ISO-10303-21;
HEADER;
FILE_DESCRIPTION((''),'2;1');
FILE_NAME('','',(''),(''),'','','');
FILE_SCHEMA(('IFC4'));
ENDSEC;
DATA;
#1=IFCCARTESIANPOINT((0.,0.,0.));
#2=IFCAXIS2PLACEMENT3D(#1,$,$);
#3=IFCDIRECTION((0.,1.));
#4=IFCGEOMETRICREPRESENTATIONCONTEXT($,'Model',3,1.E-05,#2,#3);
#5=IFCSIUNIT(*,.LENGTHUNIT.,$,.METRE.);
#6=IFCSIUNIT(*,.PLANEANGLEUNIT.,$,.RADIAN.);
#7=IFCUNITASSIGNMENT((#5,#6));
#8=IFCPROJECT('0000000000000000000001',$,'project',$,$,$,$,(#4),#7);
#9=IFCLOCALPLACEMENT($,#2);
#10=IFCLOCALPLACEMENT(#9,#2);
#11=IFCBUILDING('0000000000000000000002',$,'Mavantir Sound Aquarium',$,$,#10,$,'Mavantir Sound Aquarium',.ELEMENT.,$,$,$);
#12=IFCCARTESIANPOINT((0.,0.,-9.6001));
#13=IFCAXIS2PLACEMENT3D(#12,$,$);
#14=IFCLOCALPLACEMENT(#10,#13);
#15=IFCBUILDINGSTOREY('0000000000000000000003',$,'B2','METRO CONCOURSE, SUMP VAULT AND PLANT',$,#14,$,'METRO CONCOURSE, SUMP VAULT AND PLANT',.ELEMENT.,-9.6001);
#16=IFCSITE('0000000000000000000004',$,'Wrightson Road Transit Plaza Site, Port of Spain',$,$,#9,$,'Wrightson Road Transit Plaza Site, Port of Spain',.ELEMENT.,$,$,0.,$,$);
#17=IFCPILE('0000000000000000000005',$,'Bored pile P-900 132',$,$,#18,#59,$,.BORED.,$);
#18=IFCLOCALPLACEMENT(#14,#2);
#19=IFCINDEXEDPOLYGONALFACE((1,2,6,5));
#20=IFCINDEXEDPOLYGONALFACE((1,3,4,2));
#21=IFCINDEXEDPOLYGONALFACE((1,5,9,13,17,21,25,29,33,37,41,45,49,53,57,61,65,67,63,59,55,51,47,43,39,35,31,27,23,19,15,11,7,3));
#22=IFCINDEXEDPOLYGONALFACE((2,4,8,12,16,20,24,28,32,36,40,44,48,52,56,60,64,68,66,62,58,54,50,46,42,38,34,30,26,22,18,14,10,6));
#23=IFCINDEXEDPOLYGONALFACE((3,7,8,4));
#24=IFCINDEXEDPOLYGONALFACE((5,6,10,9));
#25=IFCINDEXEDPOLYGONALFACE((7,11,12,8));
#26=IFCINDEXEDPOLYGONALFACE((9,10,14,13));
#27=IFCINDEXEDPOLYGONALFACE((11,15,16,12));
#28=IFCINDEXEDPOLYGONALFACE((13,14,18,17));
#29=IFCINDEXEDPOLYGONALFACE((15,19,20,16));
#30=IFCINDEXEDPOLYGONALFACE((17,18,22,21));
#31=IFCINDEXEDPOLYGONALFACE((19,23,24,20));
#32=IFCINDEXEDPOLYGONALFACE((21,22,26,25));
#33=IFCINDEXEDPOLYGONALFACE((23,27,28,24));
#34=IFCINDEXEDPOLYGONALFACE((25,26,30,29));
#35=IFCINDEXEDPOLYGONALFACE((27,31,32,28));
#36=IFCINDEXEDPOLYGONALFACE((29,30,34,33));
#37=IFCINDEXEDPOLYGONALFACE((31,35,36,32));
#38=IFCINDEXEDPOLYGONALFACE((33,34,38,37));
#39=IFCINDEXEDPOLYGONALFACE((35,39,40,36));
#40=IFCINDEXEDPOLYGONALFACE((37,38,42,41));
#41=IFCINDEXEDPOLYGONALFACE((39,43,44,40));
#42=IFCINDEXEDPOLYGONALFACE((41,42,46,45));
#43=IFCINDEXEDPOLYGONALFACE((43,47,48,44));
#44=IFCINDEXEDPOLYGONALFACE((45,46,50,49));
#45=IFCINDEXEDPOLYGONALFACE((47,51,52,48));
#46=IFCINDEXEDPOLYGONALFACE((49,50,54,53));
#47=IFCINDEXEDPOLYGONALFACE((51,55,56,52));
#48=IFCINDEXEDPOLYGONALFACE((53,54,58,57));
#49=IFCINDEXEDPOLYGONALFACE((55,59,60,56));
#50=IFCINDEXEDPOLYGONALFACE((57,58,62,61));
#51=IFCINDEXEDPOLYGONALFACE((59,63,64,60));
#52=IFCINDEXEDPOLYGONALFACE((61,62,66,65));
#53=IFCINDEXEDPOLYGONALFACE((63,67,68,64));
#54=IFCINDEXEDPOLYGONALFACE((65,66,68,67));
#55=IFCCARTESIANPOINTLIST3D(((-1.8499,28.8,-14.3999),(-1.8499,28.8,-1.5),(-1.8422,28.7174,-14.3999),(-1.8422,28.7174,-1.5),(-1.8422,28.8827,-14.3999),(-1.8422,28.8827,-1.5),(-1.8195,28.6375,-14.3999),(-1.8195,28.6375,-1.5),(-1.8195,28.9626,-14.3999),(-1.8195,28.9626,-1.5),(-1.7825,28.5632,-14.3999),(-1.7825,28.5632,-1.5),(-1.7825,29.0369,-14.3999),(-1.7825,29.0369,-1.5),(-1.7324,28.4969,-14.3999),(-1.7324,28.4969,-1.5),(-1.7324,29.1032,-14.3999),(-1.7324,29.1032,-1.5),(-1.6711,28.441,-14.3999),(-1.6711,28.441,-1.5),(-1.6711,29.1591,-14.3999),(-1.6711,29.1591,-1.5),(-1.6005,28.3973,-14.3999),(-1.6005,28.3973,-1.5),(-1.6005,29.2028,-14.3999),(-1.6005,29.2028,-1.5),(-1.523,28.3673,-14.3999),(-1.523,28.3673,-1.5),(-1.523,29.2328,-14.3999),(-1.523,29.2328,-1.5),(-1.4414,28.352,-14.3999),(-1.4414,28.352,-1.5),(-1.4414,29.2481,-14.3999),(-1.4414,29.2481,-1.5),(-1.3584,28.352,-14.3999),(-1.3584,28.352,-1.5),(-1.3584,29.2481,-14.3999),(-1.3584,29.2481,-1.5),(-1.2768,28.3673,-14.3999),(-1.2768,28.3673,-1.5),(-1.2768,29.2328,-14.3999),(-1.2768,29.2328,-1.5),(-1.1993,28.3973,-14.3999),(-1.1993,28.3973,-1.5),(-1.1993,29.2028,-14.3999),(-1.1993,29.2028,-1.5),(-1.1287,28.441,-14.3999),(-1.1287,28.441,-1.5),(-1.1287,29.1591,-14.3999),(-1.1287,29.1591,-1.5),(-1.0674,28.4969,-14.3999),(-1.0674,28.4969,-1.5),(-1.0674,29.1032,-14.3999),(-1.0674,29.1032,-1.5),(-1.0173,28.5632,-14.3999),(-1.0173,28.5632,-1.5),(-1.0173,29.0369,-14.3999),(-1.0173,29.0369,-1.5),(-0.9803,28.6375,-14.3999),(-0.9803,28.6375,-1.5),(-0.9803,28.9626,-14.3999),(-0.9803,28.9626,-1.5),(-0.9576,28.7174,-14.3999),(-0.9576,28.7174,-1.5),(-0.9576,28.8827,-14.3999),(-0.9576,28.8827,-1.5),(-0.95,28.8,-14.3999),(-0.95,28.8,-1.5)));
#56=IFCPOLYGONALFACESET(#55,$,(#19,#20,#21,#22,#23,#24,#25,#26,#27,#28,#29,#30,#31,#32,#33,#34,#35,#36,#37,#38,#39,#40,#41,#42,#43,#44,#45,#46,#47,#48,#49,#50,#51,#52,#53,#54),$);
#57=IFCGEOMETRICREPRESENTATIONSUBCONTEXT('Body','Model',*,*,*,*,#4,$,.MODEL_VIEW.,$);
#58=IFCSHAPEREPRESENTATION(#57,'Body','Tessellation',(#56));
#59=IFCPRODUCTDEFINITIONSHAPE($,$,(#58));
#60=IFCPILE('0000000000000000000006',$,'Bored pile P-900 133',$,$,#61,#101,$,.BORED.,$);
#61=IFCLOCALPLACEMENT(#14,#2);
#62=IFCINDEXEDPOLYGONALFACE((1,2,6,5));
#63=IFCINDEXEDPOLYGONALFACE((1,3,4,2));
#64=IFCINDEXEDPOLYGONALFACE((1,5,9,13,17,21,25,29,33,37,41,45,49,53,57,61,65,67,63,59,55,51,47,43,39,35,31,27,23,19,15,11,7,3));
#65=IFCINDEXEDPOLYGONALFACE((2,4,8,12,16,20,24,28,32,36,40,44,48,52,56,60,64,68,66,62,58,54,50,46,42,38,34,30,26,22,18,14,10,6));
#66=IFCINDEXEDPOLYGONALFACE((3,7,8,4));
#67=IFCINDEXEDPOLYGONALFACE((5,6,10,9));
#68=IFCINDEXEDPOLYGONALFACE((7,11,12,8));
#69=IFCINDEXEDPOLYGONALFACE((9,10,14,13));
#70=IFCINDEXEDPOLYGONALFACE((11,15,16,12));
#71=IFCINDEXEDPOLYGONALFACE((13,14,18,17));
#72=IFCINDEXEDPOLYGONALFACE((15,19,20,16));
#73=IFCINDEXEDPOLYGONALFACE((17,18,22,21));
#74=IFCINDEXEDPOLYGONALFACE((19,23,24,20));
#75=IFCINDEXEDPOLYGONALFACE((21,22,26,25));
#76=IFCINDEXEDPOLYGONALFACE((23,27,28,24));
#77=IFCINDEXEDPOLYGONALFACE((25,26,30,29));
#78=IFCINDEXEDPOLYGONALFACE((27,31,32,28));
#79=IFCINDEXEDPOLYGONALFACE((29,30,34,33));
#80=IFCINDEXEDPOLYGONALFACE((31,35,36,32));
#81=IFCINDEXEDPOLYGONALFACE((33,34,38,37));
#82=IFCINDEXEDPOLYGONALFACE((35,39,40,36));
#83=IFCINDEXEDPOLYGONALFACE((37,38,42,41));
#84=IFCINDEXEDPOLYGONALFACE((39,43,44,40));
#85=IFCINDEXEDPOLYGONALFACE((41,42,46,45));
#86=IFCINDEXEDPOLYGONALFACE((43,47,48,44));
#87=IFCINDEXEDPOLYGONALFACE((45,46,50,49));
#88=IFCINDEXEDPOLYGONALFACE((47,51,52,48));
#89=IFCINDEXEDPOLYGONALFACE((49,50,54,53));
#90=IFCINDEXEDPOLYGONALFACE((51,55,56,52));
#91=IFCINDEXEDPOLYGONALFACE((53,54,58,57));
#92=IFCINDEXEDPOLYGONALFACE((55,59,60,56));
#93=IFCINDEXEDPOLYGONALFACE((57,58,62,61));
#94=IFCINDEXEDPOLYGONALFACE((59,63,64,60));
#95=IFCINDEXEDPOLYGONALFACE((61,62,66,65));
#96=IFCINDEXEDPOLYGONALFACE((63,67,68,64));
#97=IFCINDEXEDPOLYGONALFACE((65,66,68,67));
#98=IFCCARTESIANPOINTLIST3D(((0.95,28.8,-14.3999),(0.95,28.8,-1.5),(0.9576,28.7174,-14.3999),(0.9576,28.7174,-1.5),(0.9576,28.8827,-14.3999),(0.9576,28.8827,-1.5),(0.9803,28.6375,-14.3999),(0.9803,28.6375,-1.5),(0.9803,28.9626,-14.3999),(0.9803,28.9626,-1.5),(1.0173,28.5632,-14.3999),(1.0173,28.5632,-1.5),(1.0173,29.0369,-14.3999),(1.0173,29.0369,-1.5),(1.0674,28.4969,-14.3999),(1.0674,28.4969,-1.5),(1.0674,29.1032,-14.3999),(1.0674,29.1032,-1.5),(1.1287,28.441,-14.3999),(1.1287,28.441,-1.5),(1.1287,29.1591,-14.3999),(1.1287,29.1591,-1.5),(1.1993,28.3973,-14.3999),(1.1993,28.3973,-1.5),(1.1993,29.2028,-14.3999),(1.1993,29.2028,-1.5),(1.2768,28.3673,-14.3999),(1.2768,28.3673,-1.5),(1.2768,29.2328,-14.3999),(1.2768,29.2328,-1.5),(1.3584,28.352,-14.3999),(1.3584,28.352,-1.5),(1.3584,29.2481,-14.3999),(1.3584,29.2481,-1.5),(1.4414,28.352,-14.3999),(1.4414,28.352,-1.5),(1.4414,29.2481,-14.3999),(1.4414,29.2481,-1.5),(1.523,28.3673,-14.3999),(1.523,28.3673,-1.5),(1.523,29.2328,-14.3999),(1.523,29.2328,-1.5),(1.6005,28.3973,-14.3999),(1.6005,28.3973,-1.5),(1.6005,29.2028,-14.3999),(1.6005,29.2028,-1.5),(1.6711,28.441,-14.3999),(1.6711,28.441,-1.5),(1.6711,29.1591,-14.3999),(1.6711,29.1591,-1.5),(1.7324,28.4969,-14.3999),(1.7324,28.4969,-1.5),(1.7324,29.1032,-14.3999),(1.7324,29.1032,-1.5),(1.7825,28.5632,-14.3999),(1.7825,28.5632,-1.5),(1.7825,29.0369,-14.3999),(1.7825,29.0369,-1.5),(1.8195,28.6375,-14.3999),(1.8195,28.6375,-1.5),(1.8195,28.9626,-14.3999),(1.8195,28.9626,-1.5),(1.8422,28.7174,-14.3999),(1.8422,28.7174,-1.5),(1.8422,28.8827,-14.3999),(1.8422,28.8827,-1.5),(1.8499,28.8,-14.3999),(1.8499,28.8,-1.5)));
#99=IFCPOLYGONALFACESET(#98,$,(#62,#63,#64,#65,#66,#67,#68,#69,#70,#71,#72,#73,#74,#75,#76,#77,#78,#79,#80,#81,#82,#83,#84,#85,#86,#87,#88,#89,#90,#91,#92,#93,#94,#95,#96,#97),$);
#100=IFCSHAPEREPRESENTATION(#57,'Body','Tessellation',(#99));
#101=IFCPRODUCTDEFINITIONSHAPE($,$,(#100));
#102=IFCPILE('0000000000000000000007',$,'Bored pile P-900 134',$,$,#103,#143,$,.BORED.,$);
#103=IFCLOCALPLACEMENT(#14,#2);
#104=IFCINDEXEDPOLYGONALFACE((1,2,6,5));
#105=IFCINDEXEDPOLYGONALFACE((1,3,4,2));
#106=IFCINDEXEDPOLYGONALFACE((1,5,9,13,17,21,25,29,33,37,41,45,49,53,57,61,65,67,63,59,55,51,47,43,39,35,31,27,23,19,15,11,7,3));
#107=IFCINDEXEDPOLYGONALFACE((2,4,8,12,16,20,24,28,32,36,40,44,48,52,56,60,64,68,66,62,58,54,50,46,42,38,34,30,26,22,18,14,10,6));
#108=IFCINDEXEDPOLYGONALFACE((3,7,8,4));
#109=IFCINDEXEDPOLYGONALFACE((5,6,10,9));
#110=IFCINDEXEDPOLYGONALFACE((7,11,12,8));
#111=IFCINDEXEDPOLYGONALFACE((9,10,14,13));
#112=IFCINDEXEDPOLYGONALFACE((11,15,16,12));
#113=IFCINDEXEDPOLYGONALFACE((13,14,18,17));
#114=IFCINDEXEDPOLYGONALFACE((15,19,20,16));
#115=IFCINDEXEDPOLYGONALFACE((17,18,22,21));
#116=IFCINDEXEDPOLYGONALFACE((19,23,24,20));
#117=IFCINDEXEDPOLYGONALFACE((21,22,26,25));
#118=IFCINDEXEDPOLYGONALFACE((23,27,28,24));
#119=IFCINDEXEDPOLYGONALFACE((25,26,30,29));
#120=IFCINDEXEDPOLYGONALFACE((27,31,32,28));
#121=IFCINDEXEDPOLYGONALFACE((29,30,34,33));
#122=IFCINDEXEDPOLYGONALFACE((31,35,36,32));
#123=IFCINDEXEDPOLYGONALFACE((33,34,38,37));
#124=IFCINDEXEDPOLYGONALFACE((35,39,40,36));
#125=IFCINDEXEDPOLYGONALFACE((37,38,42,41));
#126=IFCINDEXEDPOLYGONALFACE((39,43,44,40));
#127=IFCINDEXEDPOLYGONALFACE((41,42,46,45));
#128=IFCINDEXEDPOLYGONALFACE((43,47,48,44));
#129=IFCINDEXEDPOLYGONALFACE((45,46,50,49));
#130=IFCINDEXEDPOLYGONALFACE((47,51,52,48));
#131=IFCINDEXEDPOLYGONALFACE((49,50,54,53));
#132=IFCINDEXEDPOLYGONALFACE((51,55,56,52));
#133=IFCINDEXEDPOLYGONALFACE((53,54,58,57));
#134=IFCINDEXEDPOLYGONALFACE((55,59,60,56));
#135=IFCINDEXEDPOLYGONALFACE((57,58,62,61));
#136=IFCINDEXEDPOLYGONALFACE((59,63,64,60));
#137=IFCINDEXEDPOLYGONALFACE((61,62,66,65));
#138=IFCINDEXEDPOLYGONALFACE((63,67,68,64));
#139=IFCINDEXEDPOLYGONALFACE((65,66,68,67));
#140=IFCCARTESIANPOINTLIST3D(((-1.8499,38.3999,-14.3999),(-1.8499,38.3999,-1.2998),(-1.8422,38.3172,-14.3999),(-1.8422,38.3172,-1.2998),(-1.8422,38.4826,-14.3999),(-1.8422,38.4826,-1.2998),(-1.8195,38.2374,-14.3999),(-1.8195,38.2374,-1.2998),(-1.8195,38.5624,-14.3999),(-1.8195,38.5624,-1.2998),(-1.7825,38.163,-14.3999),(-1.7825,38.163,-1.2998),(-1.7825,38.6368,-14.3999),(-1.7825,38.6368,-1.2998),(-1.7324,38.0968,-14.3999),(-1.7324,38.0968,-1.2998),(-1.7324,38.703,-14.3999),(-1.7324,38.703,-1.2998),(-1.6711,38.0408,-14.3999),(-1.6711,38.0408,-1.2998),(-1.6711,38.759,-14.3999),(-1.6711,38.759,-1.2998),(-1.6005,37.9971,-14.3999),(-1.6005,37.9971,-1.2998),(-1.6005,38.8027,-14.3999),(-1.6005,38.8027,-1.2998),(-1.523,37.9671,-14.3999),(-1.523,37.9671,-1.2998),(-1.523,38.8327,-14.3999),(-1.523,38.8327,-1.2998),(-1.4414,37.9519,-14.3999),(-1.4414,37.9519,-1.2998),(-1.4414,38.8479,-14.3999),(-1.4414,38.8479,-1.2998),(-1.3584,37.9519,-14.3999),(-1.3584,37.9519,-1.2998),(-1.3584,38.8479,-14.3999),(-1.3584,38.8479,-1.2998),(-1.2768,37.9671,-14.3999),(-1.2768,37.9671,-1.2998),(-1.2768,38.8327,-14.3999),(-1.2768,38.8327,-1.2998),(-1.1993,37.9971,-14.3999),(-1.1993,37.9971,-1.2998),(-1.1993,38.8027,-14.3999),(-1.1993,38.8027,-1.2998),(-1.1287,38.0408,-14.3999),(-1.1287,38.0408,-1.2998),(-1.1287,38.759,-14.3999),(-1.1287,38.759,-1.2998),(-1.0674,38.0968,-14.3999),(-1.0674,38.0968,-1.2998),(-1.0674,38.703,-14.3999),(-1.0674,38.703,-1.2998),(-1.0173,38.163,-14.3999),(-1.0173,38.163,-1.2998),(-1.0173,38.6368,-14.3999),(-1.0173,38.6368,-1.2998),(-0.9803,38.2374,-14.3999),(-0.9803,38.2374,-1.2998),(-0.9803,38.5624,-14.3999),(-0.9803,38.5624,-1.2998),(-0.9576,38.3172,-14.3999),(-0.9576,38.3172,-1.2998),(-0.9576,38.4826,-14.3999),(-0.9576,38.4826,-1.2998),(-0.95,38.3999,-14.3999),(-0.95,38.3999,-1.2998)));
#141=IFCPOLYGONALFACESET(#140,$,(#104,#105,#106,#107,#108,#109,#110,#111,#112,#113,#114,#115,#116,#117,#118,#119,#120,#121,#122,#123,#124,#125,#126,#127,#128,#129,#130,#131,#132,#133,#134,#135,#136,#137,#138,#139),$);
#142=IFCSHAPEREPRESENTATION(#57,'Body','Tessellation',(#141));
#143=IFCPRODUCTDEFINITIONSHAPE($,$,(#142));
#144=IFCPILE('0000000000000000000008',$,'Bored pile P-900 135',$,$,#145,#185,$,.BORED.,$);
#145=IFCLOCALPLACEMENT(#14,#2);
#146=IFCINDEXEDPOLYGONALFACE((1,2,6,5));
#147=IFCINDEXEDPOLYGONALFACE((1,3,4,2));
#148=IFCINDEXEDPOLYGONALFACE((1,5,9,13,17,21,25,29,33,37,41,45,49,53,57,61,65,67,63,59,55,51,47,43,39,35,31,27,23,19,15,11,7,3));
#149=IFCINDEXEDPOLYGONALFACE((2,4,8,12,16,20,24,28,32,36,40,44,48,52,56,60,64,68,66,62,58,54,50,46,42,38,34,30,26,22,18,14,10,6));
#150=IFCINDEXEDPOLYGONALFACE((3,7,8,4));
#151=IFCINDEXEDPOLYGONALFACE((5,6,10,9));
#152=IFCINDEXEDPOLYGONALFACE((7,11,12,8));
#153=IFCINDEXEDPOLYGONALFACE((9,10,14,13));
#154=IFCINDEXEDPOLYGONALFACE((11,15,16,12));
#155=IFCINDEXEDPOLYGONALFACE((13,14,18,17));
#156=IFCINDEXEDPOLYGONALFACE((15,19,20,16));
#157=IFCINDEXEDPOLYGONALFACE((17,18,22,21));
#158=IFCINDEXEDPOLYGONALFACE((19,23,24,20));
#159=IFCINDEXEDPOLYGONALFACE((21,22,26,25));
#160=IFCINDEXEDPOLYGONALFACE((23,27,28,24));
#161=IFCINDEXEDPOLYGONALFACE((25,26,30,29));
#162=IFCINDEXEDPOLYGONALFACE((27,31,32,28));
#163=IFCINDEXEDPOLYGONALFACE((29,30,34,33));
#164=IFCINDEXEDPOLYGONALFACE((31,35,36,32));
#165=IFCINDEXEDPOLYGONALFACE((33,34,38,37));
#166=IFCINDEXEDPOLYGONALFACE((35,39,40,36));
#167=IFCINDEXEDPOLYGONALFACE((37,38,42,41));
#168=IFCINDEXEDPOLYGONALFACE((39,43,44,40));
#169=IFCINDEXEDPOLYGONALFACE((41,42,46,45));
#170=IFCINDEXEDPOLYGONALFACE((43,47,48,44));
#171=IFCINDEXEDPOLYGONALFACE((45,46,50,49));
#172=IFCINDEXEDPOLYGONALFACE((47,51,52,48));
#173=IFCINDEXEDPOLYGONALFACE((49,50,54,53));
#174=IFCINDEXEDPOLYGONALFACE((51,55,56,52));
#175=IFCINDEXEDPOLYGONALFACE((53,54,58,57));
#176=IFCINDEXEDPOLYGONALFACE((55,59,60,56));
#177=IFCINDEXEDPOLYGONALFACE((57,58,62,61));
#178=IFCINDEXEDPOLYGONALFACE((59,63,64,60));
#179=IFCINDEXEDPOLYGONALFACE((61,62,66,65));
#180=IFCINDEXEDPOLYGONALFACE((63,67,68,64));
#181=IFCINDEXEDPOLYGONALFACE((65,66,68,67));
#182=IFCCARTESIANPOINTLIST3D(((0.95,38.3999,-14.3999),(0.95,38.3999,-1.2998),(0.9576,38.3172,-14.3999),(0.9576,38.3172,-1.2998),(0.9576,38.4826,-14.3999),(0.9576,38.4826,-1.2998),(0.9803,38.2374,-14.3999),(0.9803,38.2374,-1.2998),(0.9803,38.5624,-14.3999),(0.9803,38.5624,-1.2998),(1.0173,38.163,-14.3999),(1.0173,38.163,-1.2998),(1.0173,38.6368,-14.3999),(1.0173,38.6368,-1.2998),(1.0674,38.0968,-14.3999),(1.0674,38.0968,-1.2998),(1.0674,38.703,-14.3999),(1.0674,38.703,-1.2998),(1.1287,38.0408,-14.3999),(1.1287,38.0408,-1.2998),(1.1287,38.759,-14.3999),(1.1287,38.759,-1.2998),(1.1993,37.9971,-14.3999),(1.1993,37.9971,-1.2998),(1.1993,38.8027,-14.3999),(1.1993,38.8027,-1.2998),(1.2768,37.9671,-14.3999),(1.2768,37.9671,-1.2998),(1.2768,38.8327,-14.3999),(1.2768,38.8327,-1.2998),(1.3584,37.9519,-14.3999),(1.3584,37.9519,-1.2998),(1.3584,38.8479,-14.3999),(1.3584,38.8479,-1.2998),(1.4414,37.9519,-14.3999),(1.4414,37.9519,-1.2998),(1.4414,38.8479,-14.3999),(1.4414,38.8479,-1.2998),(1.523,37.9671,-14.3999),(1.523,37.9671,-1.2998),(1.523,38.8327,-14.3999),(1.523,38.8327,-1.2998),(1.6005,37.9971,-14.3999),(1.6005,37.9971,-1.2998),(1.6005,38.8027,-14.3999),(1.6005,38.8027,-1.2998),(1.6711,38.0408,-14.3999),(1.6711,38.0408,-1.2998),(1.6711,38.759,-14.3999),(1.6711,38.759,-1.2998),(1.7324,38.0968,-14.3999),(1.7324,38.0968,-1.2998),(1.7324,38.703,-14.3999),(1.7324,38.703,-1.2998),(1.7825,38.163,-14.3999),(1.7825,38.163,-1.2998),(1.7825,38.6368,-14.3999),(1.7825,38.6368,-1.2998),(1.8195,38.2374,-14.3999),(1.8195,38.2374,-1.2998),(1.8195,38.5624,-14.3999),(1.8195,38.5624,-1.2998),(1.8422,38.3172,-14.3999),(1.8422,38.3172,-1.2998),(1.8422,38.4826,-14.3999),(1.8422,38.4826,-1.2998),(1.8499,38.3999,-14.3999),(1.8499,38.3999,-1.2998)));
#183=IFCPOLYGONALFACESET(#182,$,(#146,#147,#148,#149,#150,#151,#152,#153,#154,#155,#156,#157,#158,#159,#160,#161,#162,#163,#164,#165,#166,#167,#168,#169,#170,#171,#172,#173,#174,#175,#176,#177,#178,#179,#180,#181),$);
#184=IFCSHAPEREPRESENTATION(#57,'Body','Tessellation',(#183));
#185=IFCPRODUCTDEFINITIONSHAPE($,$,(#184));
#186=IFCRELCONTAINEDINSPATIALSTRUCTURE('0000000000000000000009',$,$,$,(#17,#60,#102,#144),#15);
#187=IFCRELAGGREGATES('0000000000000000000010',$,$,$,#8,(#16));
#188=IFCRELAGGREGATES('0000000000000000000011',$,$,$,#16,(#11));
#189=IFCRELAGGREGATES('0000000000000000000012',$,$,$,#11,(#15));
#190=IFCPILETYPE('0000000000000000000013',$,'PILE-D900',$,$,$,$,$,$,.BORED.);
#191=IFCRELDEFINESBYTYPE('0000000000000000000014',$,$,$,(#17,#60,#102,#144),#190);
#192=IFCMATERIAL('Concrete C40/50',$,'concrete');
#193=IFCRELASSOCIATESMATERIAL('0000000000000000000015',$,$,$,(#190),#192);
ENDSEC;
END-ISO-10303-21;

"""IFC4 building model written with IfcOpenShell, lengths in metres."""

from ifc_helpers import new_model, si_unit, direction, frame, origin, origin_2d, place, context, subcontext, project, spatial, circle, extrude, material, material_profile, profile_set, type_object, element, save


model = new_model("IFC4")

# Units and contexts
model_context = context("Model", 3, precision=1e-05, world=origin(), true_north=direction((0.0, 1.0)))
body_context = subcontext(model_context, "Body", "Model", "MODEL_VIEW")
ifc_project = project(units=[si_unit("LENGTHUNIT", "METRE"), si_unit("PLANEANGLEUNIT", "RADIAN")], contexts=[model_context])

# Site, building, storey
site_placement = place(None, origin())
site = spatial("IfcSite", under=ifc_project, at=site_placement, Name="Wrightson Road Transit Plaza Site, Port of Spain", LongName="Wrightson Road Transit Plaza Site, Port of Spain", CompositionType="ELEMENT", RefElevation=0.0)
building_placement = place(site_placement, origin())
building = spatial("IfcBuilding", under=site, at=building_placement, Name="Mavantir Sound Aquarium", LongName="Mavantir Sound Aquarium", CompositionType="ELEMENT")
storey_placement = place(building_placement, frame((0.0, 0.0, -9.6001)))
storey = spatial("IfcBuildingStorey", under=building, at=storey_placement, Name="B2", Description="METRO CONCOURSE, SUMP VAULT AND PLANT", LongName="METRO CONCOURSE, SUMP VAULT AND PLANT", CompositionType="ELEMENT", Elevation=-9.6001)

# Shared definitions
ifc_material_1 = material(Name="Concrete C40/50", Category="concrete")

# Piles
ifc_material_profile_1 = material_profile(ifc_material_1, circle(Radius=0.45, at=origin_2d()), Name="PILE D900")
ifc_profile_set_1 = profile_set([ifc_material_profile_1], Name="Concrete C40/50")
pile_type = type_object("IfcPileType", Name="PILE-D900", PredefinedType="BORED", material=ifc_profile_set_1)
for number, where, z_axis, x_axis, name in (
    (1, (-1.3999, 28.8, -1.5), (0.0, 0.0, -1.0), (1.0, 0.0, 0.0), "Bored pile P-900 132"),
    (2, (1.3999, 28.8, -1.5), (0.0, 0.0, -1.0), (1.0, 0.0, 0.0), "Bored pile P-900 133"),
):
    element("IfcPile", number, at=place(storey_placement, frame(where, z_axis=z_axis, x_axis=x_axis)), inside=storey, type_object=pile_type, Name=name, PredefinedType="BORED", context=body_context, shape_type="SweptSolid", body=[
        extrude(circle(Radius=0.45, at=origin_2d()), origin(), (0.0, 0.0, 1.0), 12.8999),
    ])
for number, where, z_axis, x_axis, name in (
    (3, (-1.3999, 38.3999, -1.2998), (0.0, 0.0, -1.0), (1.0, 0.0, 0.0), "Bored pile P-900 134"),
    (4, (1.3999, 38.3999, -1.2998), (0.0, 0.0, -1.0), (1.0, 0.0, 0.0), "Bored pile P-900 135"),
):
    element("IfcPile", number, at=place(storey_placement, frame(where, z_axis=z_axis, x_axis=x_axis)), inside=storey, type_object=pile_type, Name=name, PredefinedType="BORED", context=body_context, shape_type="SweptSolid", body=[
        extrude(circle(Radius=0.45, at=origin_2d()), origin(), (0.0, 0.0, 1.0), 13.1001),
    ])

save(model, "model.ifc")
